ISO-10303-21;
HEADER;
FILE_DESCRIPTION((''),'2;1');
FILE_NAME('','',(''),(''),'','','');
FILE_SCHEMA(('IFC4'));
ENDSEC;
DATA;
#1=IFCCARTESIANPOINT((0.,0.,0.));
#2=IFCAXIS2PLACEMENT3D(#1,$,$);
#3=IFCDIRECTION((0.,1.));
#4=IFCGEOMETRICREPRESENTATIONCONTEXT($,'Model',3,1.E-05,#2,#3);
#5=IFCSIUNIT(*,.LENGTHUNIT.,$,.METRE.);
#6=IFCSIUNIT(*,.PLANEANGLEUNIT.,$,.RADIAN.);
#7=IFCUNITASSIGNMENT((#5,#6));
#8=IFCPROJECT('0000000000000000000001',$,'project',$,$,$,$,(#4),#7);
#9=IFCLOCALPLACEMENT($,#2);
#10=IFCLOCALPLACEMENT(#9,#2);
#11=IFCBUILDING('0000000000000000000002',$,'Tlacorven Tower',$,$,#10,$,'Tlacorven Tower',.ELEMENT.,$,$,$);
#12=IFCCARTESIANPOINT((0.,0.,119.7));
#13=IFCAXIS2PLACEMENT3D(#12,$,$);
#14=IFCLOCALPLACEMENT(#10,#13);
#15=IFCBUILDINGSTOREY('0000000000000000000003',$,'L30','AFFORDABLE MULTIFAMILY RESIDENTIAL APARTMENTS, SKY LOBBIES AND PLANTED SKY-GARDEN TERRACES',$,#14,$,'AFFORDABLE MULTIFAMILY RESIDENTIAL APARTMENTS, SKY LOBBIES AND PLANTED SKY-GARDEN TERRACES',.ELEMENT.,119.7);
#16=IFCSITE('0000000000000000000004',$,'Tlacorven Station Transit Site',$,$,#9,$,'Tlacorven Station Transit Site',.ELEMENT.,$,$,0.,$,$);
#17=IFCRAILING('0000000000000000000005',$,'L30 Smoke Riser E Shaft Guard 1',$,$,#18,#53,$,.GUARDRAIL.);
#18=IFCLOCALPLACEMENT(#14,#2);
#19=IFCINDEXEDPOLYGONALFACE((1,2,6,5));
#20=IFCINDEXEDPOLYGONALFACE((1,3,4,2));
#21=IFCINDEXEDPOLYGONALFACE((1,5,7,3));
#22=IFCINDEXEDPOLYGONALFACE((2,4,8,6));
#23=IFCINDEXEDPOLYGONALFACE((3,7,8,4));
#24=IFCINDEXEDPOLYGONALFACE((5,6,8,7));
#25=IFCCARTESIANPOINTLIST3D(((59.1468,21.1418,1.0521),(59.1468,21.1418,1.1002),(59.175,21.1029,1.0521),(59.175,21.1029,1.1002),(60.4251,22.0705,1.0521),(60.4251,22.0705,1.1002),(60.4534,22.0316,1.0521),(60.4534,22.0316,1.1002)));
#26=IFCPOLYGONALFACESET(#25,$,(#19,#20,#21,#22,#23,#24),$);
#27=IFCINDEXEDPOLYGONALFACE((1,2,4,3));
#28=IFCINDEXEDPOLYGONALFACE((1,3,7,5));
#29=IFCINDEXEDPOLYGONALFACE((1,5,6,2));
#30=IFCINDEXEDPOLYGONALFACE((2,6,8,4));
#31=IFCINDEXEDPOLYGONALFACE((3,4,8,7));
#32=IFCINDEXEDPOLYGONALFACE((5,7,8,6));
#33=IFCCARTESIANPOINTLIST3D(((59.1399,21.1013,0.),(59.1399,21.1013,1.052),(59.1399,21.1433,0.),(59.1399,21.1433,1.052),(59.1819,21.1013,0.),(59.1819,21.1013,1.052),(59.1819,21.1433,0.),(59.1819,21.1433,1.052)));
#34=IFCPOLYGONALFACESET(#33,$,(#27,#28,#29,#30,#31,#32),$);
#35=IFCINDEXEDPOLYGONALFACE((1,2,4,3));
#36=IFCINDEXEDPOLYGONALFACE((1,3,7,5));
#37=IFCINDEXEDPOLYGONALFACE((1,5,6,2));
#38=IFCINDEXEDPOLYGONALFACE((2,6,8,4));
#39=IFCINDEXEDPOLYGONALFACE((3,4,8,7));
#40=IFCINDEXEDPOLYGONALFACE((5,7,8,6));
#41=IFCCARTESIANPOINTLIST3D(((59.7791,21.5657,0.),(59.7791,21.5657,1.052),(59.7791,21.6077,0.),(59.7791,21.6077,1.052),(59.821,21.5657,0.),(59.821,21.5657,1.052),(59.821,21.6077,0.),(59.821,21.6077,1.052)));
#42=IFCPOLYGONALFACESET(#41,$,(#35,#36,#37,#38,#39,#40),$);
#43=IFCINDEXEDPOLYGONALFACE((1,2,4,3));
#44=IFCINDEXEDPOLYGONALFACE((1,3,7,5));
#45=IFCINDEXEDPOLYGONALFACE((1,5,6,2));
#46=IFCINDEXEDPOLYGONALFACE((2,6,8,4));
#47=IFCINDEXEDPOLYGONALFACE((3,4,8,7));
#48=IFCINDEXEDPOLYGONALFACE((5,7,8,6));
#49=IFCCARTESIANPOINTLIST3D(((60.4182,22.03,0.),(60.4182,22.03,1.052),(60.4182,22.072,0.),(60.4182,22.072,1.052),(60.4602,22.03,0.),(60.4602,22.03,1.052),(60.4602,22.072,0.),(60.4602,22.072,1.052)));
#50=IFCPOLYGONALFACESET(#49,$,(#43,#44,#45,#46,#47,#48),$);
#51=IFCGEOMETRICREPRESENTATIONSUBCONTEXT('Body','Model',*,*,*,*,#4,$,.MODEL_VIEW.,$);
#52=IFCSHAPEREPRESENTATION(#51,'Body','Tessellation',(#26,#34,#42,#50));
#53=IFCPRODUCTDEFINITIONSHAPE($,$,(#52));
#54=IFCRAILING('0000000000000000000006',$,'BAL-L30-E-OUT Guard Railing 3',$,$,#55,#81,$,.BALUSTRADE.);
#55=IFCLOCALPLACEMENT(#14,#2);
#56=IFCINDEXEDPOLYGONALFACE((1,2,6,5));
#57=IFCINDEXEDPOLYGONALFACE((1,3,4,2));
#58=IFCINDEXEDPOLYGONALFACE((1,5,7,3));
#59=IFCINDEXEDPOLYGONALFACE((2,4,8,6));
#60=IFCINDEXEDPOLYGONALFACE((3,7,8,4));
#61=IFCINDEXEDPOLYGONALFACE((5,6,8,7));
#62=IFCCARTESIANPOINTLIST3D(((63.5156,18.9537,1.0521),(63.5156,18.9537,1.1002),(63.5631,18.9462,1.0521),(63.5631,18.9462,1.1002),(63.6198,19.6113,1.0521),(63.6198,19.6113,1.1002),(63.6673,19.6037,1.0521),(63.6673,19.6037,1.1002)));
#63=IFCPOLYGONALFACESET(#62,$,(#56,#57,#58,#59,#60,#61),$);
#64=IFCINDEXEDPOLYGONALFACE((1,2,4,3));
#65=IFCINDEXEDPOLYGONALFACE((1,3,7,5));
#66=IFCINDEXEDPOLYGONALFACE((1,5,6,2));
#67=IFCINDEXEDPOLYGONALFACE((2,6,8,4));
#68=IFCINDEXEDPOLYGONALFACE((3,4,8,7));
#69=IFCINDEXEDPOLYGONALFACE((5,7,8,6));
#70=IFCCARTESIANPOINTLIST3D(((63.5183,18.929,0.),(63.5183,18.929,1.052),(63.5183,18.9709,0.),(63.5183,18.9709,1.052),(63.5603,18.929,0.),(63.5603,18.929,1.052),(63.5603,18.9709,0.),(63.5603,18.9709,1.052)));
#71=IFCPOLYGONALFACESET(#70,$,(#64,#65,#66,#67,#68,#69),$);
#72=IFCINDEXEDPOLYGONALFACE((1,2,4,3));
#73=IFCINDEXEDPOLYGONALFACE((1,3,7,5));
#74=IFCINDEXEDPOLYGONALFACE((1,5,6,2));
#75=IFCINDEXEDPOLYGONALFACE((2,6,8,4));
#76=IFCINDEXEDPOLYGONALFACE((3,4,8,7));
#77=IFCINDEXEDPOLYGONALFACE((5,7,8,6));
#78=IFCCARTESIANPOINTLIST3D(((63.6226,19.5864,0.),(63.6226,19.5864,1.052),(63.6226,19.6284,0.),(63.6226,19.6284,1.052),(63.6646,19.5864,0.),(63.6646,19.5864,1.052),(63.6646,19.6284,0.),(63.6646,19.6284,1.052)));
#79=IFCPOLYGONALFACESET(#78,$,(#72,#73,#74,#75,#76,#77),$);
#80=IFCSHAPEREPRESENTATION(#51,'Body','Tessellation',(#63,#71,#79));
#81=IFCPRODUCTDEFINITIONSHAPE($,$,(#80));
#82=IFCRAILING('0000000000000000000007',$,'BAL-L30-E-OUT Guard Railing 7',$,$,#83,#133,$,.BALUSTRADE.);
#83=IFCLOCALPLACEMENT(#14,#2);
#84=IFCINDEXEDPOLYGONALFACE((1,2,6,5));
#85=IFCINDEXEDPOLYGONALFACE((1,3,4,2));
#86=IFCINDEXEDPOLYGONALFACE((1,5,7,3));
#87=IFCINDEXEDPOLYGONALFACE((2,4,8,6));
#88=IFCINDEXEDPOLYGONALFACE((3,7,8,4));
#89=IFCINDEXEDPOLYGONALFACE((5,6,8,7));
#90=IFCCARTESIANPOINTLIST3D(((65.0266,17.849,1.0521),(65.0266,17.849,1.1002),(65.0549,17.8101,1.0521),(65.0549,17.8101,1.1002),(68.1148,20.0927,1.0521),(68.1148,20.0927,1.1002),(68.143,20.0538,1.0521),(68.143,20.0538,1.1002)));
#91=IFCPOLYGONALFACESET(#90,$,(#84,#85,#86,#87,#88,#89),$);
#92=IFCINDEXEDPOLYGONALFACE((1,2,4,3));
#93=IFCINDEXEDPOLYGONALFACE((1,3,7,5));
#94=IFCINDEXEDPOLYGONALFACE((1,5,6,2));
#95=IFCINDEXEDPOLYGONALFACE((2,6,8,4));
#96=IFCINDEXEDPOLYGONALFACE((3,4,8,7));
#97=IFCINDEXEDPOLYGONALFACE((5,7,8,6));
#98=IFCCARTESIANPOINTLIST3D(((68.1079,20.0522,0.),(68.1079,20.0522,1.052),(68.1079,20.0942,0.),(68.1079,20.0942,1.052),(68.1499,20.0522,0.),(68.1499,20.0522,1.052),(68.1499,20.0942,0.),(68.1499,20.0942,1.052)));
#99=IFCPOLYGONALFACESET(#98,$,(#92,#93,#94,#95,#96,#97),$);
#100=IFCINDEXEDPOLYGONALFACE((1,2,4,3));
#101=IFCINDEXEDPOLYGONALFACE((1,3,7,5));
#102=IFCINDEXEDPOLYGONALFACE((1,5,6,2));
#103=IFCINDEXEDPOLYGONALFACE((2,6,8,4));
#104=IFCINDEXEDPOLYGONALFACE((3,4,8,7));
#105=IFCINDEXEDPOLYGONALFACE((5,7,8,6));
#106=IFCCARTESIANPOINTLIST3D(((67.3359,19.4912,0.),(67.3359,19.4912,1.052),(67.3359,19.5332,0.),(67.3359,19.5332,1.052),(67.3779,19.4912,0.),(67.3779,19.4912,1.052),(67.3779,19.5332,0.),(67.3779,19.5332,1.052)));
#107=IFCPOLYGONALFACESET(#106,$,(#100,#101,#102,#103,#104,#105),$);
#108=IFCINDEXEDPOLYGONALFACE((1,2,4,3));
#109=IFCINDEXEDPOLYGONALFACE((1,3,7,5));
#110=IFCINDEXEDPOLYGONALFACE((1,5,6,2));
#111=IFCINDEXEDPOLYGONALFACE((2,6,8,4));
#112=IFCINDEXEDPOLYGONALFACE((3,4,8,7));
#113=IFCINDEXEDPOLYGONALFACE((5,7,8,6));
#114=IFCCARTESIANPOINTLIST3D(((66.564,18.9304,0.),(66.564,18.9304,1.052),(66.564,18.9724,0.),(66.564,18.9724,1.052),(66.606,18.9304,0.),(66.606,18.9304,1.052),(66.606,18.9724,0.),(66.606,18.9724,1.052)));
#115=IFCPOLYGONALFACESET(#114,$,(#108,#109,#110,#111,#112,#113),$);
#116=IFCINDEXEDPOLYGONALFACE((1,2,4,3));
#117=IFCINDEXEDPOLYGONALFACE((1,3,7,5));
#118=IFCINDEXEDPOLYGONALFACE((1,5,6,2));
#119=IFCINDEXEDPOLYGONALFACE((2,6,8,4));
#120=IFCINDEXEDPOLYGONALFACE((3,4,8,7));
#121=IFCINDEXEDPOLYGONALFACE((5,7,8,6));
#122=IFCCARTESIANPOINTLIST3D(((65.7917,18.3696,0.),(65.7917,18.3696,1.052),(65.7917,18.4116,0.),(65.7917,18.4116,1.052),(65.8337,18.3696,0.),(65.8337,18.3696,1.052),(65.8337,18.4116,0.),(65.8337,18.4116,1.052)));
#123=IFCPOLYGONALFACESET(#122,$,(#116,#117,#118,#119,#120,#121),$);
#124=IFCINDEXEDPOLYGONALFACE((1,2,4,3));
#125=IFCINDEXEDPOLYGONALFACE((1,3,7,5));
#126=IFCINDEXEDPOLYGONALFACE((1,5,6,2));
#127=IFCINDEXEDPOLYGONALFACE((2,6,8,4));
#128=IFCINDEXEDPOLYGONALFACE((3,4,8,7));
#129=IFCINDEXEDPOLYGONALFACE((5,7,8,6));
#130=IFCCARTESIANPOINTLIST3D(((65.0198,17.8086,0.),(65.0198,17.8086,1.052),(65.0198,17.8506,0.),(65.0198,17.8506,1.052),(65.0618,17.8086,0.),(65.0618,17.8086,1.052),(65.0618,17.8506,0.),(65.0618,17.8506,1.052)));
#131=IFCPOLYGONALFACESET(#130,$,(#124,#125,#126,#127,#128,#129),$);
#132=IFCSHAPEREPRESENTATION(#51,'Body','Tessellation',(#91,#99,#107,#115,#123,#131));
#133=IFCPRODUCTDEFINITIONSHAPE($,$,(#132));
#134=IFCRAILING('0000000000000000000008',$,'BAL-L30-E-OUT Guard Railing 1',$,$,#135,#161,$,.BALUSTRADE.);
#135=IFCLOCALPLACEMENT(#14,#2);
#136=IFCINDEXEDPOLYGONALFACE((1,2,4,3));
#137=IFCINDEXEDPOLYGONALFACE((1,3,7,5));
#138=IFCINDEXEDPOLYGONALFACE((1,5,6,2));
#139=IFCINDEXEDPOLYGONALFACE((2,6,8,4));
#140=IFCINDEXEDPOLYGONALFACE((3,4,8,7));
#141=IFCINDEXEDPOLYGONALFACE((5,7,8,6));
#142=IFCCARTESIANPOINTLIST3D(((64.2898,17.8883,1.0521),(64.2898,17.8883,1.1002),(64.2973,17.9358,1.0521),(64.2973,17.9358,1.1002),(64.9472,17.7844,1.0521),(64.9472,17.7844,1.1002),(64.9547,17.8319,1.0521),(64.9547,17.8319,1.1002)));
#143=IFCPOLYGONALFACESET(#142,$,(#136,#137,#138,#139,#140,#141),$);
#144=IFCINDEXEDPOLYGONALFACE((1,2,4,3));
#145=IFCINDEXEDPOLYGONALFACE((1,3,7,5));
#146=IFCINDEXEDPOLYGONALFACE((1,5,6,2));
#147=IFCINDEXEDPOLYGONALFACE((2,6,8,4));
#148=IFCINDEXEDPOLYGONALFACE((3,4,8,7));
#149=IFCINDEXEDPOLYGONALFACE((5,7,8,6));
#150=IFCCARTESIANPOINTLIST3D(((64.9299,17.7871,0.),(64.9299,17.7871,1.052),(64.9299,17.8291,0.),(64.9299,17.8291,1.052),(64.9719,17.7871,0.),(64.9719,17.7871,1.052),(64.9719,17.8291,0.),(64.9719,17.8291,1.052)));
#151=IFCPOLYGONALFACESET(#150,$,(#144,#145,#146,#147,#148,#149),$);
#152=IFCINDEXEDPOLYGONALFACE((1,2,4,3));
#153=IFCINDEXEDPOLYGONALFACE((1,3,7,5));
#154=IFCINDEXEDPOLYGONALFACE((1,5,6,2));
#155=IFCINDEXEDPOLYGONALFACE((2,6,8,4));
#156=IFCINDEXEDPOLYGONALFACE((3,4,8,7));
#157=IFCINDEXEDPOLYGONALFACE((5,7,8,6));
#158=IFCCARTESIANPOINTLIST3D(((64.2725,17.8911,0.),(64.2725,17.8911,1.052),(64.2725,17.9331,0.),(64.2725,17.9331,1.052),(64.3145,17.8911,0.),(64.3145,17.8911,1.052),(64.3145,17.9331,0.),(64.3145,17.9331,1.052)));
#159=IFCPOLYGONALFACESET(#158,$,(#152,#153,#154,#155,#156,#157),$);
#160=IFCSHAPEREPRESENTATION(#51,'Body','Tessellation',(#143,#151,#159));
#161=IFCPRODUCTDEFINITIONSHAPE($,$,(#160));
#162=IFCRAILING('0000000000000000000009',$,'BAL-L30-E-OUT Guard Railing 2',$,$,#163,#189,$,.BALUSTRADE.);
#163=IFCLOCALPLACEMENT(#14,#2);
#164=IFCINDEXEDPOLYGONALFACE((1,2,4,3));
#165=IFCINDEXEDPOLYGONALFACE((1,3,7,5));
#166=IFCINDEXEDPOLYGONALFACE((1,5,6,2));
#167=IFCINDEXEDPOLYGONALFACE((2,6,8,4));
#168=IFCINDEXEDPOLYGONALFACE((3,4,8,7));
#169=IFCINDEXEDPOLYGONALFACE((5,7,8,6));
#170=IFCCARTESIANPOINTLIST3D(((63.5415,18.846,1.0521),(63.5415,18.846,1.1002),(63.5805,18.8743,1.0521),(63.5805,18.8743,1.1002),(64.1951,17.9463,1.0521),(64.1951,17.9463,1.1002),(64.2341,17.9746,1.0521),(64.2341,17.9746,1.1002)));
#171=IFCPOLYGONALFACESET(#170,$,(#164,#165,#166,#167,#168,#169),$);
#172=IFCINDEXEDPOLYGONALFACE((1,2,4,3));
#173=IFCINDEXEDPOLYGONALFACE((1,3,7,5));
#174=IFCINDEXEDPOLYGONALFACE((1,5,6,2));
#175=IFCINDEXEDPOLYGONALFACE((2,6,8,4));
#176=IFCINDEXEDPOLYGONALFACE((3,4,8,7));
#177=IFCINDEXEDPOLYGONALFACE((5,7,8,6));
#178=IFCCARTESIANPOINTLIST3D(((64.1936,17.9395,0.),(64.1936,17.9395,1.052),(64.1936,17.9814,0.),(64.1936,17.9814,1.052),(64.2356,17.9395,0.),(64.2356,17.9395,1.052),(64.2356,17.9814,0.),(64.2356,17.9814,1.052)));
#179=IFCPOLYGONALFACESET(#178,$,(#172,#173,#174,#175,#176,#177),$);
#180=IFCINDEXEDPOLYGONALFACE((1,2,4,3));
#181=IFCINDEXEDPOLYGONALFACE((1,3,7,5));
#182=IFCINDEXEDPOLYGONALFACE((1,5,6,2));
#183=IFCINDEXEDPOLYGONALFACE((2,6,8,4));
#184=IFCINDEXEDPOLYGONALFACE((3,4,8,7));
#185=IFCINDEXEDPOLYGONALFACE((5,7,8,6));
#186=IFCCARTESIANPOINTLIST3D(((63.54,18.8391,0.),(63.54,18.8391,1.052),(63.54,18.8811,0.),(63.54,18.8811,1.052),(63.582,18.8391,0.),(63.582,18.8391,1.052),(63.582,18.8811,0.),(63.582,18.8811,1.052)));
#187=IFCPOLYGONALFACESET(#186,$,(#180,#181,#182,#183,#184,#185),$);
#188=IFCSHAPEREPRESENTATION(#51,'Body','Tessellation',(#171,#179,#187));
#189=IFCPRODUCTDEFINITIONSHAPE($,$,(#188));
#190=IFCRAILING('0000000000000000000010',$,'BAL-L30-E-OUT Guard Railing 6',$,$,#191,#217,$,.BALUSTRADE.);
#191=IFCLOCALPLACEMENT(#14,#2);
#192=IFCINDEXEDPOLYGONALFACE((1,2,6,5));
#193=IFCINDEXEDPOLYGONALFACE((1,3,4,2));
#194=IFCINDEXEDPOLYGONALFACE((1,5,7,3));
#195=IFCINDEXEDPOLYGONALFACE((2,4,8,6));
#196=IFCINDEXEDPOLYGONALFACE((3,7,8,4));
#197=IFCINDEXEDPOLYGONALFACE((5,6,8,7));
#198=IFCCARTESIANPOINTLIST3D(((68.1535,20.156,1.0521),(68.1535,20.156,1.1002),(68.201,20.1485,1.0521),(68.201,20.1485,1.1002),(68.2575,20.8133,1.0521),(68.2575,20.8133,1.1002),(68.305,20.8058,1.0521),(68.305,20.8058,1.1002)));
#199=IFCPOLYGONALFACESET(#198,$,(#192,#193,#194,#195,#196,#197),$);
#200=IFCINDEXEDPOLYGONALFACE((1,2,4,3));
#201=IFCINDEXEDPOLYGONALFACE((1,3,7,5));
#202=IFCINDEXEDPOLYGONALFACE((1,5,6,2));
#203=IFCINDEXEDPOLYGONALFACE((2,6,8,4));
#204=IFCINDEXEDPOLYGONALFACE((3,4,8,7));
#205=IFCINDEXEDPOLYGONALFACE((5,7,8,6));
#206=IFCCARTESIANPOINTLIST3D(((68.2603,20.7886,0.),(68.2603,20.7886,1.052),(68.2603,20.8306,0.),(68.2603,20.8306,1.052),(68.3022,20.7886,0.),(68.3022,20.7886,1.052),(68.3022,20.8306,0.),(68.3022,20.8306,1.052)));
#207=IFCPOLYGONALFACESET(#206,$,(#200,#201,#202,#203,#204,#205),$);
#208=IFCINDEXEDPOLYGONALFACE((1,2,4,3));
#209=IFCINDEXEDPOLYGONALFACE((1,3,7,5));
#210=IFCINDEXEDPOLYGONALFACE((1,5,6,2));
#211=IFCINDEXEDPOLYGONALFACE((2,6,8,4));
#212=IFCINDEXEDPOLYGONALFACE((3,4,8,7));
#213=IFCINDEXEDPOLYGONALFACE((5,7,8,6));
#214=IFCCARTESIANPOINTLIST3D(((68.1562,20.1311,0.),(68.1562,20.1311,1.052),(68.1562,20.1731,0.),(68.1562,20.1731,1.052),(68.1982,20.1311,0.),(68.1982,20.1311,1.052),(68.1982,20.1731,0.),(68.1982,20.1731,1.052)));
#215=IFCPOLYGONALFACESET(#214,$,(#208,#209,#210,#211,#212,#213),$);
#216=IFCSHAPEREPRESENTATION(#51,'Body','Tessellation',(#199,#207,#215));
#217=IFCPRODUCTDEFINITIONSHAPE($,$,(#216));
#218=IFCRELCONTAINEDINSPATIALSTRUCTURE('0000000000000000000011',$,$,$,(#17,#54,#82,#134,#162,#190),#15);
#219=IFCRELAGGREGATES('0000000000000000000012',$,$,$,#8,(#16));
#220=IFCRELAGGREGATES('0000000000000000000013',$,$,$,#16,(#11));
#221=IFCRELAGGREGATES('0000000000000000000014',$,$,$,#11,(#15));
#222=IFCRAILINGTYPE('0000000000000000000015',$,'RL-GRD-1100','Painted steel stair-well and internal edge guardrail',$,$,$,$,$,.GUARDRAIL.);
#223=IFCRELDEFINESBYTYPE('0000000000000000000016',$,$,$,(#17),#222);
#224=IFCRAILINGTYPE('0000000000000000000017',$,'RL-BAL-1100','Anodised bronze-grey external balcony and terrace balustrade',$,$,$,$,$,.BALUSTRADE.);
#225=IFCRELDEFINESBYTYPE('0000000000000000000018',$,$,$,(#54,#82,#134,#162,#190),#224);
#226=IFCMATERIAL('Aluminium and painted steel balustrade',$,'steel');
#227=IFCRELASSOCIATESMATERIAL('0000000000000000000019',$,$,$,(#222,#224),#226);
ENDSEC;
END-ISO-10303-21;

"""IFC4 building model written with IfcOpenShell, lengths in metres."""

from ifc_helpers import new_model, si_unit, direction, frame, origin, origin_2d, place, context, subcontext, project, spatial, rectangle, extrude, source, transform, mapped, material, type_object, element, save


model = new_model("IFC4")

# Units and contexts
model_context = context("Model", 3, precision=1e-05, world=origin(), true_north=direction((0.0, 1.0)))
body_context = subcontext(model_context, "Body", "Model", "MODEL_VIEW")
ifc_project = project(units=[si_unit("LENGTHUNIT", "METRE"), si_unit("PLANEANGLEUNIT", "RADIAN")], contexts=[model_context])

# Site, building, storey
site_placement = place(None, origin())
site = spatial("IfcSite", under=ifc_project, at=site_placement, Name="Tlacorven Station Transit Site", LongName="Tlacorven Station Transit Site", CompositionType="ELEMENT", RefElevation=0.0)
building_placement = place(site_placement, origin())
building = spatial("IfcBuilding", under=site, at=building_placement, Name="Tlacorven Tower", LongName="Tlacorven Tower", CompositionType="ELEMENT")
storey_placement = place(building_placement, frame((0.0, 0.0, 119.7)))
storey = spatial("IfcBuildingStorey", under=building, at=storey_placement, Name="L30", Description="AFFORDABLE MULTIFAMILY RESIDENTIAL APARTMENTS, SKY LOBBIES AND PLANTED SKY-GARDEN TERRACES", LongName="AFFORDABLE MULTIFAMILY RESIDENTIAL APARTMENTS, SKY LOBBIES AND PLANTED SKY-GARDEN TERRACES", CompositionType="ELEMENT", Elevation=119.7)

# Railings
ifc_material_1 = material(Name="Aluminium and painted steel balustrade", Category="steel")
railing_type_1 = type_object("IfcRailingType", Name="RL-GRD-1100", Description="Painted steel stair-well and internal edge guardrail", PredefinedType="GUARDRAIL", material=ifc_material_1)
shared_shape_1 = source(origin(), body_context, "Body", "SweptSolid", [
    extrude(rectangle(XDim=0.0481, YDim=0.0481, at=origin_2d()), frame((0.0, 0.0, 1.0762), z_axis=(0.80903, 0.587767, 0.0), x_axis=(-0.587767, 0.80903, 0.0)), (0.0, 0.0, 1.0), 1.5801),
    extrude(rectangle(XDim=0.042, YDim=0.042, at=origin_2d()), origin(), (0.0, 0.0, 1.0), 1.052),
    extrude(rectangle(XDim=0.042, YDim=0.042, at=origin_2d()), frame((0.6392, 0.4644, 0.0)), (0.0, 0.0, 1.0), 1.052),
    extrude(rectangle(XDim=0.042, YDim=0.042, at=origin_2d()), frame((1.2783, 0.9287, 0.0)), (0.0, 0.0, 1.0), 1.052),
])
railing_1_placement = place(storey_placement, frame((59.1609, 21.1223, 0.0)))
element("IfcRailing", 1, at=railing_1_placement, inside=storey, type_object=railing_type_1, Name="L30 Smoke Riser E Shaft Guard 1", PredefinedType="GUARDRAIL", context=body_context, shape_type="MappedRepresentation", body=[
    mapped(shared_shape_1, transform((0.0, 0.0, 0.0), scale=1.0)),
])
railing_type_2 = type_object("IfcRailingType", Name="RL-BAL-1100", Description="Anodised bronze-grey external balcony and terrace balustrade", PredefinedType="BALUSTRADE", material=ifc_material_1)
shared_shape_2 = source(origin(), body_context, "Body", "SweptSolid", [
    extrude(rectangle(XDim=0.0481, YDim=0.0481, at=origin_2d()), frame((0.0, 0.0, 1.0762), z_axis=(0.156603, 0.987662, 0.0), x_axis=(-0.987662, 0.156603, 0.0)), (0.0, 0.0, 1.0), 0.6658),
    extrude(rectangle(XDim=0.042, YDim=0.042, at=origin_2d()), origin(), (0.0, 0.0, 1.0), 1.052),
    extrude(rectangle(XDim=0.042, YDim=0.042, at=origin_2d()), frame((0.1042, 0.6575, 0.0)), (0.0, 0.0, 1.0), 1.052),
])
railing_2_placement = place(storey_placement, frame((63.5393, 18.95, 0.0)))
element("IfcRailing", 2, at=railing_2_placement, inside=storey, type_object=railing_type_2, Name="BAL-L30-E-OUT Guard Railing 3", PredefinedType="BALUSTRADE", context=body_context, shape_type="MappedRepresentation", body=[
    mapped(shared_shape_2, transform((0.0, 0.0, 0.0), scale=1.0)),
])
shared_shape_3 = source(origin(), body_context, "Body", "SweptSolid", [
    extrude(rectangle(XDim=0.0481, YDim=0.0481, at=origin_2d()), frame((0.0, 0.0, 1.0762), z_axis=(-0.809018, -0.587784, 0.0), x_axis=(0.587784, -0.809018, 0.0)), (0.0, 0.0, 1.0), 3.8171),
    extrude(rectangle(XDim=0.042, YDim=0.042, at=origin_2d()), origin(), (0.0, 0.0, 1.0), 1.052),
    extrude(rectangle(XDim=0.042, YDim=0.042, at=origin_2d()), frame((-0.772, -0.561, 0.0)), (0.0, 0.0, 1.0), 1.052),
    extrude(rectangle(XDim=0.042, YDim=0.042, at=origin_2d()), frame((-1.5439, -1.1218, 0.0)), (0.0, 0.0, 1.0), 1.052),
    extrude(rectangle(XDim=0.042, YDim=0.042, at=origin_2d()), frame((-2.3162, -1.6826, 0.0)), (0.0, 0.0, 1.0), 1.052),
    extrude(rectangle(XDim=0.042, YDim=0.042, at=origin_2d()), frame((-3.0881, -2.2437, 0.0)), (0.0, 0.0, 1.0), 1.052),
])
railing_3_placement = place(storey_placement, frame((68.1289, 20.0732, 0.0)))
element("IfcRailing", 3, at=railing_3_placement, inside=storey, type_object=railing_type_2, Name="BAL-L30-E-OUT Guard Railing 7", PredefinedType="BALUSTRADE", context=body_context, shape_type="MappedRepresentation", body=[
    mapped(shared_shape_3, transform((0.0, 0.0, 0.0), scale=1.0)),
])
shared_shape_4 = source(origin(), body_context, "Body", "SweptSolid", [
    extrude(rectangle(XDim=0.0481, YDim=0.0481, at=origin_2d()), frame((0.0, 0.0, 1.0762), z_axis=(-0.987718, 0.156245, 0.0), x_axis=(-0.156245, -0.987718, 0.0)), (0.0, 0.0, 1.0), 0.6655),
    extrude(rectangle(XDim=0.042, YDim=0.042, at=origin_2d()), origin(), (0.0, 0.0, 1.0), 1.052),
    extrude(rectangle(XDim=0.042, YDim=0.042, at=origin_2d()), frame((-0.6575, 0.104, 0.0)), (0.0, 0.0, 1.0), 1.052),
])
railing_4_placement = place(storey_placement, frame((64.9509, 17.8081, 0.0)))
element("IfcRailing", 4, at=railing_4_placement, inside=storey, type_object=railing_type_2, Name="BAL-L30-E-OUT Guard Railing 1", PredefinedType="BALUSTRADE", context=body_context, shape_type="MappedRepresentation", body=[
    mapped(shared_shape_4, transform((0.0, 0.0, 0.0), scale=1.0)),
])
shared_shape_5 = source(origin(), body_context, "Body", "SweptSolid", [
    extrude(rectangle(XDim=0.0481, YDim=0.0481, at=origin_2d()), frame((0.0, 0.0, 1.0762), z_axis=(-0.587741, 0.809049, 0.0), x_axis=(-0.809049, -0.587741, 0.0)), (0.0, 0.0, 1.0), 1.1121),
    extrude(rectangle(XDim=0.042, YDim=0.042, at=origin_2d()), origin(), (0.0, 0.0, 1.0), 1.052),
    extrude(rectangle(XDim=0.042, YDim=0.042, at=origin_2d()), frame((-0.6536, 0.8997, 0.0)), (0.0, 0.0, 1.0), 1.052),
])
railing_5_placement = place(storey_placement, frame((64.2146, 17.9604, 0.0)))
element("IfcRailing", 5, at=railing_5_placement, inside=storey, type_object=railing_type_2, Name="BAL-L30-E-OUT Guard Railing 2", PredefinedType="BALUSTRADE", context=body_context, shape_type="MappedRepresentation", body=[
    mapped(shared_shape_5, transform((0.0, 0.0, 0.0), scale=1.0)),
])
shared_shape_6 = source(origin(), body_context, "Body", "SweptSolid", [
    extrude(rectangle(XDim=0.0481, YDim=0.0481, at=origin_2d()), frame((0.0, 0.0, 1.0762), z_axis=(-0.156245, -0.987718, 0.0), x_axis=(0.987718, -0.156245, 0.0)), (0.0, 0.0, 1.0), 0.6655),
    extrude(rectangle(XDim=0.042, YDim=0.042, at=origin_2d()), origin(), (0.0, 0.0, 1.0), 1.052),
    extrude(rectangle(XDim=0.042, YDim=0.042, at=origin_2d()), frame((-0.104, -0.6575, 0.0)), (0.0, 0.0, 1.0), 1.052),
])
railing_6_placement = place(storey_placement, frame((68.2812, 20.8096, 0.0)))
element("IfcRailing", 6, at=railing_6_placement, inside=storey, type_object=railing_type_2, Name="BAL-L30-E-OUT Guard Railing 6", PredefinedType="BALUSTRADE", context=body_context, shape_type="MappedRepresentation", body=[
    mapped(shared_shape_6, transform((0.0, 0.0, 0.0), scale=1.0)),
])

save(model, "model.ifc")
